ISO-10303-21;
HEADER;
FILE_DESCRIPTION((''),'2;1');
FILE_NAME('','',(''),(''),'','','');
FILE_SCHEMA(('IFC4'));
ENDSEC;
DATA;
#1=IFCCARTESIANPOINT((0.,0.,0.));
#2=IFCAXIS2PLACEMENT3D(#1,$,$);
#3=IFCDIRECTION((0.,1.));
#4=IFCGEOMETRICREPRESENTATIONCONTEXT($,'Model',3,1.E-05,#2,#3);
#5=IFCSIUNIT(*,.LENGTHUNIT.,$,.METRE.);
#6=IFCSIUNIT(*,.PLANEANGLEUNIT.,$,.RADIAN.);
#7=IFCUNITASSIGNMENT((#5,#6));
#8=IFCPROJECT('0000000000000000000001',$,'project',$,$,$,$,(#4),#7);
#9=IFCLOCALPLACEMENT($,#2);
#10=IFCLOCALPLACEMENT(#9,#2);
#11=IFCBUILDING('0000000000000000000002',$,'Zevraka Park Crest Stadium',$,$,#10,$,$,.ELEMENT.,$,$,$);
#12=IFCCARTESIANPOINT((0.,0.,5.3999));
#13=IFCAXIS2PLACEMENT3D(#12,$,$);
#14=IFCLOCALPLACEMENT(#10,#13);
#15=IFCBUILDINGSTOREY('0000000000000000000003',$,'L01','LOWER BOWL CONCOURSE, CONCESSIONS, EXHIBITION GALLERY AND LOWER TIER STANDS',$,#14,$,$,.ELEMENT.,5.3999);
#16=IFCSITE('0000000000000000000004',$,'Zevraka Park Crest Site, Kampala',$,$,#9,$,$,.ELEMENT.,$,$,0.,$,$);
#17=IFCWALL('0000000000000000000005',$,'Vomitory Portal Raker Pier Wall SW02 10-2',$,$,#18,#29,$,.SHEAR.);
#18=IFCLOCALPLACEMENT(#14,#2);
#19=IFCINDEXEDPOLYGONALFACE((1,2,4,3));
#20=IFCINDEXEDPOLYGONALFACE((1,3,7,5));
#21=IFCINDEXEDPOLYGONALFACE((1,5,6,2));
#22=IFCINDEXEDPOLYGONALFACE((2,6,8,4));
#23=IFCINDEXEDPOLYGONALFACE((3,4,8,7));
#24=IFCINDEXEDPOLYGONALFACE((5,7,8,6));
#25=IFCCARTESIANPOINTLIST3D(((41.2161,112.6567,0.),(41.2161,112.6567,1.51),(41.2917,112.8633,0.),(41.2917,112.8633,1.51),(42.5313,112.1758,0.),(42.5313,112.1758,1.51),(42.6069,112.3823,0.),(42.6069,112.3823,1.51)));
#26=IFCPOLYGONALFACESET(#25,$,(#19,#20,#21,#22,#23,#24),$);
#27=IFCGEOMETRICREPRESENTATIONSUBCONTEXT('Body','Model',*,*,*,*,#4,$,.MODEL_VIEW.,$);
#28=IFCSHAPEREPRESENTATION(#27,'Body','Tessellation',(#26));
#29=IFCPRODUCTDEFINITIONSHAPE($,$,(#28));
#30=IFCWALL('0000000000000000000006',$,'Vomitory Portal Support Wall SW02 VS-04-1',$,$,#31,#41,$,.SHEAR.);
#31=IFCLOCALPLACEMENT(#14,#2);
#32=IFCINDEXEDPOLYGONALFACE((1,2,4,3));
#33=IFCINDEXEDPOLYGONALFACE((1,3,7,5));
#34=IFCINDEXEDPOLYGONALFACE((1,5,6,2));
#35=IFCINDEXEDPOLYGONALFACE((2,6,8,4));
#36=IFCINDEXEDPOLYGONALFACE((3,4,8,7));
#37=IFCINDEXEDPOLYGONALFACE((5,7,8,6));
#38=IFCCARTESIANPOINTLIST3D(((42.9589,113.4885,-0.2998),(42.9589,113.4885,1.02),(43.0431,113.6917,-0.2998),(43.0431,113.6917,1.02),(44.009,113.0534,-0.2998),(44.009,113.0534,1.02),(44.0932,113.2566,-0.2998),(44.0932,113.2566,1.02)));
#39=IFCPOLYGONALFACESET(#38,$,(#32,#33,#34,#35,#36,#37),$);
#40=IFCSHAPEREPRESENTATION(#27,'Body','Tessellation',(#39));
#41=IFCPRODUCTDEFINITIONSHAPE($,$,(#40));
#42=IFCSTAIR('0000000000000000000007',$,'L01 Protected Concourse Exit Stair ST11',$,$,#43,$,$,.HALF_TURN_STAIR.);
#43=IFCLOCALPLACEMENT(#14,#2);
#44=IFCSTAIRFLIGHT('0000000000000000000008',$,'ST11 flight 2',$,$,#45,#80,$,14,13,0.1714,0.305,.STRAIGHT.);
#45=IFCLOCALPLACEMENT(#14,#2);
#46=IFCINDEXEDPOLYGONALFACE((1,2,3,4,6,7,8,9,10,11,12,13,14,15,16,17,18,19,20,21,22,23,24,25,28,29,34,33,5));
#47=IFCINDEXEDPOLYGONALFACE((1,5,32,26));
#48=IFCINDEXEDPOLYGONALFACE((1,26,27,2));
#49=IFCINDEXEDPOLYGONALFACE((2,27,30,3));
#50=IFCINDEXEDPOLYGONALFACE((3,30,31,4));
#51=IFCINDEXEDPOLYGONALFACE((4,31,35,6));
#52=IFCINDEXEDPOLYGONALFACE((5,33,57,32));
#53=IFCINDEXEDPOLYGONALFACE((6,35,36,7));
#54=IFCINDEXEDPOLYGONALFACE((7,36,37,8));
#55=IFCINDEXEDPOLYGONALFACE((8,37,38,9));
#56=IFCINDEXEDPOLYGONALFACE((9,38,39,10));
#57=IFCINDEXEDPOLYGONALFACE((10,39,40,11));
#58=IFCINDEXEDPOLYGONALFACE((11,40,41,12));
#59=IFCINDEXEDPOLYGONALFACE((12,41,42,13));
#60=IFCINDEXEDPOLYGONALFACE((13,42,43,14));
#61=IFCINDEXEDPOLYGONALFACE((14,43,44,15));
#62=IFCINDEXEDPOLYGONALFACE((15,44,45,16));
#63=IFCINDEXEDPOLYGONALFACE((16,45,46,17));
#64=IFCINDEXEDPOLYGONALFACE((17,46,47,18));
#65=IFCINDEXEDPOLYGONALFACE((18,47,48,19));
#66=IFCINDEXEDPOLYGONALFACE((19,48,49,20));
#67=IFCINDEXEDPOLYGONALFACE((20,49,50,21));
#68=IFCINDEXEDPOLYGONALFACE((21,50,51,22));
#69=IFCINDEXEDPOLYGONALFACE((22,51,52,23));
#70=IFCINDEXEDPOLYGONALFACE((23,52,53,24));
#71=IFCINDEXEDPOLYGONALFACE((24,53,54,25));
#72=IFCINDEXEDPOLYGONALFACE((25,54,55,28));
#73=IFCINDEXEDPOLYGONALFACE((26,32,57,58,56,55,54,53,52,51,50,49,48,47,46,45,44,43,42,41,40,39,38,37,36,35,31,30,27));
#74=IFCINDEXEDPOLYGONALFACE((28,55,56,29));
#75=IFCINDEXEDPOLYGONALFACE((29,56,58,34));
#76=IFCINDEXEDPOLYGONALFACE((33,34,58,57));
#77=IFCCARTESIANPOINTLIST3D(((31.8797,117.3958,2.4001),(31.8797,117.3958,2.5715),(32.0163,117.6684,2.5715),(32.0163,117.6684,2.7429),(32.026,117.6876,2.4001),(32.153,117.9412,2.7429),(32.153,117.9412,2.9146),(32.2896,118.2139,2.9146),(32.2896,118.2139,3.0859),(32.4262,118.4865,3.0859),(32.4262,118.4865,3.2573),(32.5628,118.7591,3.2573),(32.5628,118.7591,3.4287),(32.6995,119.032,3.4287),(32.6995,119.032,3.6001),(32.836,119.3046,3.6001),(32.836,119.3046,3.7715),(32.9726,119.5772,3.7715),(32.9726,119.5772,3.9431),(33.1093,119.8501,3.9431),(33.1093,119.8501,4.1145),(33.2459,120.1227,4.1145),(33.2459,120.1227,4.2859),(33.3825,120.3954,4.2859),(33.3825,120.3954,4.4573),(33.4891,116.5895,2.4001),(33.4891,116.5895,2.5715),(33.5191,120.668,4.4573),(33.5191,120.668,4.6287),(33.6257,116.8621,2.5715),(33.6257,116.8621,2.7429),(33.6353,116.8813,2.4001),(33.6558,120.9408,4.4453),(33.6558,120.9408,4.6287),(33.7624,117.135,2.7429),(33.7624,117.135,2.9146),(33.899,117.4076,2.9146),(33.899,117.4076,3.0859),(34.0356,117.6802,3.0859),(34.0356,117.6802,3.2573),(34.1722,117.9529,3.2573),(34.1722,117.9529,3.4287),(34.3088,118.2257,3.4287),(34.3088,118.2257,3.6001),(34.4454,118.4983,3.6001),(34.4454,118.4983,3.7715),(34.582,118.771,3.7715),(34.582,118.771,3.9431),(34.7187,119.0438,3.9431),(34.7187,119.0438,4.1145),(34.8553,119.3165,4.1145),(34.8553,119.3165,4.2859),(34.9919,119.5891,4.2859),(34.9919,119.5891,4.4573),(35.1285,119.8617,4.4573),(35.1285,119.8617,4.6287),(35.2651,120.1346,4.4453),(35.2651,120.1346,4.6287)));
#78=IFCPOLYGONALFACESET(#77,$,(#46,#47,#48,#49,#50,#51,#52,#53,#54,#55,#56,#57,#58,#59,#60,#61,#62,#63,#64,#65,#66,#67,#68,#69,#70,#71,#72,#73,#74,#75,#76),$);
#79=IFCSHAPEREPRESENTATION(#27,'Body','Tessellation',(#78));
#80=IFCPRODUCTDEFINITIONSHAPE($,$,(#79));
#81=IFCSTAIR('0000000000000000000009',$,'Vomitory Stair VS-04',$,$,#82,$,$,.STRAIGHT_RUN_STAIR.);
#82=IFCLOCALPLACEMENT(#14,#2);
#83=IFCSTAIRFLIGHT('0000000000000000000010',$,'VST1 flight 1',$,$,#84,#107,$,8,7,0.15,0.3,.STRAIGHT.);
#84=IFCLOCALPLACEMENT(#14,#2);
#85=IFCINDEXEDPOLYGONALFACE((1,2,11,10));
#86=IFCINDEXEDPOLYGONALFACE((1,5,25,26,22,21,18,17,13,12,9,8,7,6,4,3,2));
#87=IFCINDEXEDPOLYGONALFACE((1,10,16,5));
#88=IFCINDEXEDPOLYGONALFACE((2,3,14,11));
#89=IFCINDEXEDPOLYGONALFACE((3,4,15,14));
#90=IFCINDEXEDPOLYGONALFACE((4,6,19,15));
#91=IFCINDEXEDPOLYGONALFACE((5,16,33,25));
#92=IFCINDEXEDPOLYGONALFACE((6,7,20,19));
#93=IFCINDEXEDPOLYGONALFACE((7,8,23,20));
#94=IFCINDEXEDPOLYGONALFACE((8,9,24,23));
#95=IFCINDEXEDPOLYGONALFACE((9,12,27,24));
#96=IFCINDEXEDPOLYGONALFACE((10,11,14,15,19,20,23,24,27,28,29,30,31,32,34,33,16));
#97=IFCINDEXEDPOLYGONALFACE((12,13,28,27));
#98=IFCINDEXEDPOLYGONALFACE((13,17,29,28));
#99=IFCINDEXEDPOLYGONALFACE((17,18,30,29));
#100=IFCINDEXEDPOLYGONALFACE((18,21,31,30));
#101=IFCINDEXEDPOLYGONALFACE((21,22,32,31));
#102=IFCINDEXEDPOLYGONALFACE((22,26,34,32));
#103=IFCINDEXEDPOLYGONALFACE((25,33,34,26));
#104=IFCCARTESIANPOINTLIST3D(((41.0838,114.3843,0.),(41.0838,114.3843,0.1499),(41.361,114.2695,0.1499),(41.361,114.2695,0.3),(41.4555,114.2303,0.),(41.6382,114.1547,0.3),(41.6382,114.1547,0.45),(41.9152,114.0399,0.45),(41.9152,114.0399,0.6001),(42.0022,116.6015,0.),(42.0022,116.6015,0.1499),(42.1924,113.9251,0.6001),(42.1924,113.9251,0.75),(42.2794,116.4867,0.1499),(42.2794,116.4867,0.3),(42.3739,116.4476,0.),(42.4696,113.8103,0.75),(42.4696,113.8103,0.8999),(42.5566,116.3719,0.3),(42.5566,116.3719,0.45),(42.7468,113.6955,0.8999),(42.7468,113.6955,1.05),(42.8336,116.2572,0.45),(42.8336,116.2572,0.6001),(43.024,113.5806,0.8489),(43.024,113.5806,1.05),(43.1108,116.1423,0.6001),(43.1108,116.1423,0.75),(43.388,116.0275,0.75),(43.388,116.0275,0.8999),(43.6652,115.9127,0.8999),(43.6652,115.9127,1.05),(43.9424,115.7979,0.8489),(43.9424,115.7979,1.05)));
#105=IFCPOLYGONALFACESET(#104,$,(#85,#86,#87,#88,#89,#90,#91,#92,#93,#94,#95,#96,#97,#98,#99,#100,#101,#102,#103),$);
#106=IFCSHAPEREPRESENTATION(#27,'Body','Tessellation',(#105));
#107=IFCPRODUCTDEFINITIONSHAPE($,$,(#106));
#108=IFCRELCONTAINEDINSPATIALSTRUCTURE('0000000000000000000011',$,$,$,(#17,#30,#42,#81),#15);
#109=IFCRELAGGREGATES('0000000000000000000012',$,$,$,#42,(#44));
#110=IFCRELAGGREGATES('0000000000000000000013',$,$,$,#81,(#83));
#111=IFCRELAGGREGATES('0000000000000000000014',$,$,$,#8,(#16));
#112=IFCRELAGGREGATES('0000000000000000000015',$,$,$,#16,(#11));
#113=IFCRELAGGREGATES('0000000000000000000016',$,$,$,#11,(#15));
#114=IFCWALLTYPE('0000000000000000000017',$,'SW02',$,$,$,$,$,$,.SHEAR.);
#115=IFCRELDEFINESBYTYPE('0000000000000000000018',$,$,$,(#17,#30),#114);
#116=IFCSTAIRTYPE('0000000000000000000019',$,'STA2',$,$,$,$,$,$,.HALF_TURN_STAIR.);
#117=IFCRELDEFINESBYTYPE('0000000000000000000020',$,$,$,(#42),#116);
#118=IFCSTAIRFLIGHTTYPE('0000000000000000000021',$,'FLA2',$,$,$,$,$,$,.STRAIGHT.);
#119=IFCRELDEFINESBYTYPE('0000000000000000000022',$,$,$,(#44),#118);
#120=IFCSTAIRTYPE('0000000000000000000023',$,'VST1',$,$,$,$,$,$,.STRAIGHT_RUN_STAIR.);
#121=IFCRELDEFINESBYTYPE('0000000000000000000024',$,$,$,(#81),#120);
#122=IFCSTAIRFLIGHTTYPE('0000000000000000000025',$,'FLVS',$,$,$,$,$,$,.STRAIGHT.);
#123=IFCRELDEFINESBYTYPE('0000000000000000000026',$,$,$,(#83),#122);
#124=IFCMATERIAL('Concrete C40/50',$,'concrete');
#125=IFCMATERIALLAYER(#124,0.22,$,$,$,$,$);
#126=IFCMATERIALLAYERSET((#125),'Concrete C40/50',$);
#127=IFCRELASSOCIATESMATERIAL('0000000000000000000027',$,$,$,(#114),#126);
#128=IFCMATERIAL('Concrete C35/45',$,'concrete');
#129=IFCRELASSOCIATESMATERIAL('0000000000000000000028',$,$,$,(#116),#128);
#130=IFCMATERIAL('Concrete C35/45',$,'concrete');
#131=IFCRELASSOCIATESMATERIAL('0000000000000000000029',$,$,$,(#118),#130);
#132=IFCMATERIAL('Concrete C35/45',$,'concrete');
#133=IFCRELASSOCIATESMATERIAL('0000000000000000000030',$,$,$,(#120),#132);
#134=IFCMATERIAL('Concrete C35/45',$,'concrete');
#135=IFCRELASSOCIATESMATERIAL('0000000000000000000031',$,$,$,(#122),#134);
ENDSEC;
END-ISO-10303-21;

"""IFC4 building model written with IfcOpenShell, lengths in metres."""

from ifc_helpers import new_model, si_unit, direction, frame, frame_2d, origin, place, context, subcontext, project, spatial, polyline, rectangle, outline, extrude, material, layer, layer_set, type_object, element, aggregate, save


model = new_model("IFC4")

# Units and contexts
model_context = context("Model", 3, precision=1e-05, world=origin(), true_north=direction((0.0, 1.0)))
body_context = subcontext(model_context, "Body", "Model", "MODEL_VIEW")
ifc_project = project(units=[si_unit("LENGTHUNIT", "METRE"), si_unit("PLANEANGLEUNIT", "RADIAN")], contexts=[model_context])

# Site, building, storey
site_placement = place(None, origin())
site = spatial("IfcSite", under=ifc_project, at=site_placement, Name="Zevraka Park Crest Site, Kampala", CompositionType="ELEMENT", RefElevation=0.0)
building_placement = place(site_placement, origin())
building = spatial("IfcBuilding", under=site, at=building_placement, Name="Zevraka Park Crest Stadium", CompositionType="ELEMENT")
storey_placement = place(building_placement, frame((0.0, 0.0, 5.3999)))
storey = spatial("IfcBuildingStorey", under=building, at=storey_placement, Name="L01", Description="LOWER BOWL CONCOURSE, CONCESSIONS, EXHIBITION GALLERY AND LOWER TIER STANDS", CompositionType="ELEMENT", Elevation=5.3999)

# Walls
ifc_material_1 = material(Name="Concrete C40/50", Category="concrete")
ifc_layer_1 = layer(ifc_material_1, 0.22)
ifc_layer_set_1 = layer_set([ifc_layer_1], Name="Concrete C40/50")
wall_type_1 = type_object("IfcWallType", Name="SW02", PredefinedType="SHEAR", material=ifc_layer_set_1)
wall_1_placement = place(storey_placement, frame((42.5691, 112.2791, 0.0), z_axis=(0.0, 0.0, 1.0), x_axis=(-0.939171, 0.34345, 0.0)))
element("IfcWall", 1, at=wall_1_placement, inside=storey, type_object=wall_type_1, Name="Vomitory Portal Raker Pier Wall SW02 10-2", PredefinedType="SHEAR", context=body_context, shape_type="SweptSolid", body=[
    extrude(rectangle(XDim=1.4004, YDim=0.22, at=frame_2d((0.7002, 0.0))), origin(), (0.0, 0.0, 1.0), 1.51),
])
wall_2_placement = place(storey_placement, frame((43.001, 113.5901, -0.2998), z_axis=(0.0, 0.0, 1.0), x_axis=(0.923844, -0.382769, 0.0)))
element("IfcWall", 2, at=wall_2_placement, inside=storey, type_object=wall_type_1, Name="Vomitory Portal Support Wall SW02 VS-04-1", PredefinedType="SHEAR", context=body_context, shape_type="SweptSolid", body=[
    extrude(rectangle(XDim=1.1367, YDim=0.22, at=frame_2d((0.5684, 0.0))), origin(), (0.0, 0.0, 1.0), 1.3198),
])

# Stairs, stair flights
ifc_material_2 = material(Name="Concrete C35/45", Category="concrete")
stair_type_1 = type_object("IfcStairType", Name="STA2", PredefinedType="HALF_TURN_STAIR", material=ifc_material_2)
stair_1_placement = place(storey_placement, origin())
stair_1 = element("IfcStair", 3, at=stair_1_placement, inside=storey, type_object=stair_type_1, Name="L01 Protected Concourse Exit Stair ST11", PredefinedType="HALF_TURN_STAIR")
ifc_material_3 = material(Name="Concrete C35/45", Category="concrete")
stair_flight_type_1 = type_object("IfcStairFlightType", Name="FLA2", PredefinedType="STRAIGHT", material=ifc_material_3)
stair_flight_1_placement = place(storey_placement, frame((32.6843, 116.9927, 2.4001), z_axis=(0.0, 0.0, 1.0), x_axis=(0.447915, 0.894076, 0.0)))
stair_flight_1 = element("IfcStairFlight", 4, at=stair_flight_1_placement, type_object=stair_flight_type_1, Name="ST11 flight 2", NumberOfRisers=14, NumberOfTreads=13, PredefinedType="STRAIGHT", RiserHeight=0.1714, TreadLength=0.305, context=body_context, shape_type="SweptSolid", body=[
    extrude(outline(polyline([(0.0, 0.0), (0.0, 0.1714), (0.3049, 0.1714), (0.3049, 0.3428), (0.6101, 0.3428), (0.6101, 0.5144), (0.915, 0.5144), (0.915, 0.6858), (1.22, 0.6858), (1.22, 0.8572), (1.5249, 0.8572), (1.5249, 1.0286), (1.8301, 1.0286), (1.8301, 1.2), (2.135, 1.2), (2.135, 1.3713), (2.4399, 1.3713), (2.4399, 1.543), (2.7451, 1.543), (2.7451, 1.7144), (3.05, 1.7144), (3.05, 1.8857), (3.355, 1.8857), (3.355, 2.0571), (3.6599, 2.0571), (3.6599, 2.2285), (3.9651, 2.2285), (3.9651, 2.3999), (3.9651, 2.0452), (0.3264, 0.0), (0.0, 0.0)])), frame((0.0, 0.8999, 0.0), z_axis=(0.0, -1.0, 0.0), x_axis=(1.0, 0.0, 0.0)), (0.0, 0.0, 1.0), 1.8),
])
aggregate(stair_1, [stair_flight_1])
ifc_material_4 = material(Name="Concrete C35/45", Category="concrete")
stair_type_2 = type_object("IfcStairType", Name="VST1", PredefinedType="STRAIGHT_RUN_STAIR", material=ifc_material_4)
stair_2_placement = place(storey_placement, origin())
stair_2 = element("IfcStair", 5, at=stair_2_placement, inside=storey, type_object=stair_type_2, Name="Vomitory Stair VS-04", PredefinedType="STRAIGHT_RUN_STAIR")
ifc_material_5 = material(Name="Concrete C35/45", Category="concrete")
stair_flight_type_2 = type_object("IfcStairFlightType", Name="FLVS", PredefinedType="STRAIGHT", material=ifc_material_5)
stair_flight_2_placement = place(storey_placement, frame((41.543, 115.4929, 0.0), z_axis=(0.0, 0.0, 1.0), x_axis=(0.923882, -0.382677, 0.0)))
stair_flight_2 = element("IfcStairFlight", 6, at=stair_flight_2_placement, type_object=stair_flight_type_2, Name="VST1 flight 1", NumberOfRisers=8, NumberOfTreads=7, PredefinedType="STRAIGHT", RiserHeight=0.15, TreadLength=0.3, context=body_context, shape_type="SweptSolid", body=[
    extrude(outline(polyline([(0.0, 0.0), (0.0, 0.1499), (0.3, 0.1499), (0.3, 0.3), (0.6001, 0.3), (0.6001, 0.45), (0.8999, 0.45), (0.8999, 0.6001), (1.2, 0.6001), (1.2, 0.75), (1.5, 0.75), (1.5, 0.8999), (1.8, 0.8999), (1.8, 1.05), (2.1001, 1.05), (2.1001, 1.2), (2.1001, 0.8489), (0.4023, 0.0), (0.0, 0.0)])), frame((0.0, 1.2, 0.0), z_axis=(0.0, -1.0, 0.0), x_axis=(1.0, 0.0, 0.0)), (0.0, 0.0, 1.0), 2.3999),
])
aggregate(stair_2, [stair_flight_2])

save(model, "model.ifc")
